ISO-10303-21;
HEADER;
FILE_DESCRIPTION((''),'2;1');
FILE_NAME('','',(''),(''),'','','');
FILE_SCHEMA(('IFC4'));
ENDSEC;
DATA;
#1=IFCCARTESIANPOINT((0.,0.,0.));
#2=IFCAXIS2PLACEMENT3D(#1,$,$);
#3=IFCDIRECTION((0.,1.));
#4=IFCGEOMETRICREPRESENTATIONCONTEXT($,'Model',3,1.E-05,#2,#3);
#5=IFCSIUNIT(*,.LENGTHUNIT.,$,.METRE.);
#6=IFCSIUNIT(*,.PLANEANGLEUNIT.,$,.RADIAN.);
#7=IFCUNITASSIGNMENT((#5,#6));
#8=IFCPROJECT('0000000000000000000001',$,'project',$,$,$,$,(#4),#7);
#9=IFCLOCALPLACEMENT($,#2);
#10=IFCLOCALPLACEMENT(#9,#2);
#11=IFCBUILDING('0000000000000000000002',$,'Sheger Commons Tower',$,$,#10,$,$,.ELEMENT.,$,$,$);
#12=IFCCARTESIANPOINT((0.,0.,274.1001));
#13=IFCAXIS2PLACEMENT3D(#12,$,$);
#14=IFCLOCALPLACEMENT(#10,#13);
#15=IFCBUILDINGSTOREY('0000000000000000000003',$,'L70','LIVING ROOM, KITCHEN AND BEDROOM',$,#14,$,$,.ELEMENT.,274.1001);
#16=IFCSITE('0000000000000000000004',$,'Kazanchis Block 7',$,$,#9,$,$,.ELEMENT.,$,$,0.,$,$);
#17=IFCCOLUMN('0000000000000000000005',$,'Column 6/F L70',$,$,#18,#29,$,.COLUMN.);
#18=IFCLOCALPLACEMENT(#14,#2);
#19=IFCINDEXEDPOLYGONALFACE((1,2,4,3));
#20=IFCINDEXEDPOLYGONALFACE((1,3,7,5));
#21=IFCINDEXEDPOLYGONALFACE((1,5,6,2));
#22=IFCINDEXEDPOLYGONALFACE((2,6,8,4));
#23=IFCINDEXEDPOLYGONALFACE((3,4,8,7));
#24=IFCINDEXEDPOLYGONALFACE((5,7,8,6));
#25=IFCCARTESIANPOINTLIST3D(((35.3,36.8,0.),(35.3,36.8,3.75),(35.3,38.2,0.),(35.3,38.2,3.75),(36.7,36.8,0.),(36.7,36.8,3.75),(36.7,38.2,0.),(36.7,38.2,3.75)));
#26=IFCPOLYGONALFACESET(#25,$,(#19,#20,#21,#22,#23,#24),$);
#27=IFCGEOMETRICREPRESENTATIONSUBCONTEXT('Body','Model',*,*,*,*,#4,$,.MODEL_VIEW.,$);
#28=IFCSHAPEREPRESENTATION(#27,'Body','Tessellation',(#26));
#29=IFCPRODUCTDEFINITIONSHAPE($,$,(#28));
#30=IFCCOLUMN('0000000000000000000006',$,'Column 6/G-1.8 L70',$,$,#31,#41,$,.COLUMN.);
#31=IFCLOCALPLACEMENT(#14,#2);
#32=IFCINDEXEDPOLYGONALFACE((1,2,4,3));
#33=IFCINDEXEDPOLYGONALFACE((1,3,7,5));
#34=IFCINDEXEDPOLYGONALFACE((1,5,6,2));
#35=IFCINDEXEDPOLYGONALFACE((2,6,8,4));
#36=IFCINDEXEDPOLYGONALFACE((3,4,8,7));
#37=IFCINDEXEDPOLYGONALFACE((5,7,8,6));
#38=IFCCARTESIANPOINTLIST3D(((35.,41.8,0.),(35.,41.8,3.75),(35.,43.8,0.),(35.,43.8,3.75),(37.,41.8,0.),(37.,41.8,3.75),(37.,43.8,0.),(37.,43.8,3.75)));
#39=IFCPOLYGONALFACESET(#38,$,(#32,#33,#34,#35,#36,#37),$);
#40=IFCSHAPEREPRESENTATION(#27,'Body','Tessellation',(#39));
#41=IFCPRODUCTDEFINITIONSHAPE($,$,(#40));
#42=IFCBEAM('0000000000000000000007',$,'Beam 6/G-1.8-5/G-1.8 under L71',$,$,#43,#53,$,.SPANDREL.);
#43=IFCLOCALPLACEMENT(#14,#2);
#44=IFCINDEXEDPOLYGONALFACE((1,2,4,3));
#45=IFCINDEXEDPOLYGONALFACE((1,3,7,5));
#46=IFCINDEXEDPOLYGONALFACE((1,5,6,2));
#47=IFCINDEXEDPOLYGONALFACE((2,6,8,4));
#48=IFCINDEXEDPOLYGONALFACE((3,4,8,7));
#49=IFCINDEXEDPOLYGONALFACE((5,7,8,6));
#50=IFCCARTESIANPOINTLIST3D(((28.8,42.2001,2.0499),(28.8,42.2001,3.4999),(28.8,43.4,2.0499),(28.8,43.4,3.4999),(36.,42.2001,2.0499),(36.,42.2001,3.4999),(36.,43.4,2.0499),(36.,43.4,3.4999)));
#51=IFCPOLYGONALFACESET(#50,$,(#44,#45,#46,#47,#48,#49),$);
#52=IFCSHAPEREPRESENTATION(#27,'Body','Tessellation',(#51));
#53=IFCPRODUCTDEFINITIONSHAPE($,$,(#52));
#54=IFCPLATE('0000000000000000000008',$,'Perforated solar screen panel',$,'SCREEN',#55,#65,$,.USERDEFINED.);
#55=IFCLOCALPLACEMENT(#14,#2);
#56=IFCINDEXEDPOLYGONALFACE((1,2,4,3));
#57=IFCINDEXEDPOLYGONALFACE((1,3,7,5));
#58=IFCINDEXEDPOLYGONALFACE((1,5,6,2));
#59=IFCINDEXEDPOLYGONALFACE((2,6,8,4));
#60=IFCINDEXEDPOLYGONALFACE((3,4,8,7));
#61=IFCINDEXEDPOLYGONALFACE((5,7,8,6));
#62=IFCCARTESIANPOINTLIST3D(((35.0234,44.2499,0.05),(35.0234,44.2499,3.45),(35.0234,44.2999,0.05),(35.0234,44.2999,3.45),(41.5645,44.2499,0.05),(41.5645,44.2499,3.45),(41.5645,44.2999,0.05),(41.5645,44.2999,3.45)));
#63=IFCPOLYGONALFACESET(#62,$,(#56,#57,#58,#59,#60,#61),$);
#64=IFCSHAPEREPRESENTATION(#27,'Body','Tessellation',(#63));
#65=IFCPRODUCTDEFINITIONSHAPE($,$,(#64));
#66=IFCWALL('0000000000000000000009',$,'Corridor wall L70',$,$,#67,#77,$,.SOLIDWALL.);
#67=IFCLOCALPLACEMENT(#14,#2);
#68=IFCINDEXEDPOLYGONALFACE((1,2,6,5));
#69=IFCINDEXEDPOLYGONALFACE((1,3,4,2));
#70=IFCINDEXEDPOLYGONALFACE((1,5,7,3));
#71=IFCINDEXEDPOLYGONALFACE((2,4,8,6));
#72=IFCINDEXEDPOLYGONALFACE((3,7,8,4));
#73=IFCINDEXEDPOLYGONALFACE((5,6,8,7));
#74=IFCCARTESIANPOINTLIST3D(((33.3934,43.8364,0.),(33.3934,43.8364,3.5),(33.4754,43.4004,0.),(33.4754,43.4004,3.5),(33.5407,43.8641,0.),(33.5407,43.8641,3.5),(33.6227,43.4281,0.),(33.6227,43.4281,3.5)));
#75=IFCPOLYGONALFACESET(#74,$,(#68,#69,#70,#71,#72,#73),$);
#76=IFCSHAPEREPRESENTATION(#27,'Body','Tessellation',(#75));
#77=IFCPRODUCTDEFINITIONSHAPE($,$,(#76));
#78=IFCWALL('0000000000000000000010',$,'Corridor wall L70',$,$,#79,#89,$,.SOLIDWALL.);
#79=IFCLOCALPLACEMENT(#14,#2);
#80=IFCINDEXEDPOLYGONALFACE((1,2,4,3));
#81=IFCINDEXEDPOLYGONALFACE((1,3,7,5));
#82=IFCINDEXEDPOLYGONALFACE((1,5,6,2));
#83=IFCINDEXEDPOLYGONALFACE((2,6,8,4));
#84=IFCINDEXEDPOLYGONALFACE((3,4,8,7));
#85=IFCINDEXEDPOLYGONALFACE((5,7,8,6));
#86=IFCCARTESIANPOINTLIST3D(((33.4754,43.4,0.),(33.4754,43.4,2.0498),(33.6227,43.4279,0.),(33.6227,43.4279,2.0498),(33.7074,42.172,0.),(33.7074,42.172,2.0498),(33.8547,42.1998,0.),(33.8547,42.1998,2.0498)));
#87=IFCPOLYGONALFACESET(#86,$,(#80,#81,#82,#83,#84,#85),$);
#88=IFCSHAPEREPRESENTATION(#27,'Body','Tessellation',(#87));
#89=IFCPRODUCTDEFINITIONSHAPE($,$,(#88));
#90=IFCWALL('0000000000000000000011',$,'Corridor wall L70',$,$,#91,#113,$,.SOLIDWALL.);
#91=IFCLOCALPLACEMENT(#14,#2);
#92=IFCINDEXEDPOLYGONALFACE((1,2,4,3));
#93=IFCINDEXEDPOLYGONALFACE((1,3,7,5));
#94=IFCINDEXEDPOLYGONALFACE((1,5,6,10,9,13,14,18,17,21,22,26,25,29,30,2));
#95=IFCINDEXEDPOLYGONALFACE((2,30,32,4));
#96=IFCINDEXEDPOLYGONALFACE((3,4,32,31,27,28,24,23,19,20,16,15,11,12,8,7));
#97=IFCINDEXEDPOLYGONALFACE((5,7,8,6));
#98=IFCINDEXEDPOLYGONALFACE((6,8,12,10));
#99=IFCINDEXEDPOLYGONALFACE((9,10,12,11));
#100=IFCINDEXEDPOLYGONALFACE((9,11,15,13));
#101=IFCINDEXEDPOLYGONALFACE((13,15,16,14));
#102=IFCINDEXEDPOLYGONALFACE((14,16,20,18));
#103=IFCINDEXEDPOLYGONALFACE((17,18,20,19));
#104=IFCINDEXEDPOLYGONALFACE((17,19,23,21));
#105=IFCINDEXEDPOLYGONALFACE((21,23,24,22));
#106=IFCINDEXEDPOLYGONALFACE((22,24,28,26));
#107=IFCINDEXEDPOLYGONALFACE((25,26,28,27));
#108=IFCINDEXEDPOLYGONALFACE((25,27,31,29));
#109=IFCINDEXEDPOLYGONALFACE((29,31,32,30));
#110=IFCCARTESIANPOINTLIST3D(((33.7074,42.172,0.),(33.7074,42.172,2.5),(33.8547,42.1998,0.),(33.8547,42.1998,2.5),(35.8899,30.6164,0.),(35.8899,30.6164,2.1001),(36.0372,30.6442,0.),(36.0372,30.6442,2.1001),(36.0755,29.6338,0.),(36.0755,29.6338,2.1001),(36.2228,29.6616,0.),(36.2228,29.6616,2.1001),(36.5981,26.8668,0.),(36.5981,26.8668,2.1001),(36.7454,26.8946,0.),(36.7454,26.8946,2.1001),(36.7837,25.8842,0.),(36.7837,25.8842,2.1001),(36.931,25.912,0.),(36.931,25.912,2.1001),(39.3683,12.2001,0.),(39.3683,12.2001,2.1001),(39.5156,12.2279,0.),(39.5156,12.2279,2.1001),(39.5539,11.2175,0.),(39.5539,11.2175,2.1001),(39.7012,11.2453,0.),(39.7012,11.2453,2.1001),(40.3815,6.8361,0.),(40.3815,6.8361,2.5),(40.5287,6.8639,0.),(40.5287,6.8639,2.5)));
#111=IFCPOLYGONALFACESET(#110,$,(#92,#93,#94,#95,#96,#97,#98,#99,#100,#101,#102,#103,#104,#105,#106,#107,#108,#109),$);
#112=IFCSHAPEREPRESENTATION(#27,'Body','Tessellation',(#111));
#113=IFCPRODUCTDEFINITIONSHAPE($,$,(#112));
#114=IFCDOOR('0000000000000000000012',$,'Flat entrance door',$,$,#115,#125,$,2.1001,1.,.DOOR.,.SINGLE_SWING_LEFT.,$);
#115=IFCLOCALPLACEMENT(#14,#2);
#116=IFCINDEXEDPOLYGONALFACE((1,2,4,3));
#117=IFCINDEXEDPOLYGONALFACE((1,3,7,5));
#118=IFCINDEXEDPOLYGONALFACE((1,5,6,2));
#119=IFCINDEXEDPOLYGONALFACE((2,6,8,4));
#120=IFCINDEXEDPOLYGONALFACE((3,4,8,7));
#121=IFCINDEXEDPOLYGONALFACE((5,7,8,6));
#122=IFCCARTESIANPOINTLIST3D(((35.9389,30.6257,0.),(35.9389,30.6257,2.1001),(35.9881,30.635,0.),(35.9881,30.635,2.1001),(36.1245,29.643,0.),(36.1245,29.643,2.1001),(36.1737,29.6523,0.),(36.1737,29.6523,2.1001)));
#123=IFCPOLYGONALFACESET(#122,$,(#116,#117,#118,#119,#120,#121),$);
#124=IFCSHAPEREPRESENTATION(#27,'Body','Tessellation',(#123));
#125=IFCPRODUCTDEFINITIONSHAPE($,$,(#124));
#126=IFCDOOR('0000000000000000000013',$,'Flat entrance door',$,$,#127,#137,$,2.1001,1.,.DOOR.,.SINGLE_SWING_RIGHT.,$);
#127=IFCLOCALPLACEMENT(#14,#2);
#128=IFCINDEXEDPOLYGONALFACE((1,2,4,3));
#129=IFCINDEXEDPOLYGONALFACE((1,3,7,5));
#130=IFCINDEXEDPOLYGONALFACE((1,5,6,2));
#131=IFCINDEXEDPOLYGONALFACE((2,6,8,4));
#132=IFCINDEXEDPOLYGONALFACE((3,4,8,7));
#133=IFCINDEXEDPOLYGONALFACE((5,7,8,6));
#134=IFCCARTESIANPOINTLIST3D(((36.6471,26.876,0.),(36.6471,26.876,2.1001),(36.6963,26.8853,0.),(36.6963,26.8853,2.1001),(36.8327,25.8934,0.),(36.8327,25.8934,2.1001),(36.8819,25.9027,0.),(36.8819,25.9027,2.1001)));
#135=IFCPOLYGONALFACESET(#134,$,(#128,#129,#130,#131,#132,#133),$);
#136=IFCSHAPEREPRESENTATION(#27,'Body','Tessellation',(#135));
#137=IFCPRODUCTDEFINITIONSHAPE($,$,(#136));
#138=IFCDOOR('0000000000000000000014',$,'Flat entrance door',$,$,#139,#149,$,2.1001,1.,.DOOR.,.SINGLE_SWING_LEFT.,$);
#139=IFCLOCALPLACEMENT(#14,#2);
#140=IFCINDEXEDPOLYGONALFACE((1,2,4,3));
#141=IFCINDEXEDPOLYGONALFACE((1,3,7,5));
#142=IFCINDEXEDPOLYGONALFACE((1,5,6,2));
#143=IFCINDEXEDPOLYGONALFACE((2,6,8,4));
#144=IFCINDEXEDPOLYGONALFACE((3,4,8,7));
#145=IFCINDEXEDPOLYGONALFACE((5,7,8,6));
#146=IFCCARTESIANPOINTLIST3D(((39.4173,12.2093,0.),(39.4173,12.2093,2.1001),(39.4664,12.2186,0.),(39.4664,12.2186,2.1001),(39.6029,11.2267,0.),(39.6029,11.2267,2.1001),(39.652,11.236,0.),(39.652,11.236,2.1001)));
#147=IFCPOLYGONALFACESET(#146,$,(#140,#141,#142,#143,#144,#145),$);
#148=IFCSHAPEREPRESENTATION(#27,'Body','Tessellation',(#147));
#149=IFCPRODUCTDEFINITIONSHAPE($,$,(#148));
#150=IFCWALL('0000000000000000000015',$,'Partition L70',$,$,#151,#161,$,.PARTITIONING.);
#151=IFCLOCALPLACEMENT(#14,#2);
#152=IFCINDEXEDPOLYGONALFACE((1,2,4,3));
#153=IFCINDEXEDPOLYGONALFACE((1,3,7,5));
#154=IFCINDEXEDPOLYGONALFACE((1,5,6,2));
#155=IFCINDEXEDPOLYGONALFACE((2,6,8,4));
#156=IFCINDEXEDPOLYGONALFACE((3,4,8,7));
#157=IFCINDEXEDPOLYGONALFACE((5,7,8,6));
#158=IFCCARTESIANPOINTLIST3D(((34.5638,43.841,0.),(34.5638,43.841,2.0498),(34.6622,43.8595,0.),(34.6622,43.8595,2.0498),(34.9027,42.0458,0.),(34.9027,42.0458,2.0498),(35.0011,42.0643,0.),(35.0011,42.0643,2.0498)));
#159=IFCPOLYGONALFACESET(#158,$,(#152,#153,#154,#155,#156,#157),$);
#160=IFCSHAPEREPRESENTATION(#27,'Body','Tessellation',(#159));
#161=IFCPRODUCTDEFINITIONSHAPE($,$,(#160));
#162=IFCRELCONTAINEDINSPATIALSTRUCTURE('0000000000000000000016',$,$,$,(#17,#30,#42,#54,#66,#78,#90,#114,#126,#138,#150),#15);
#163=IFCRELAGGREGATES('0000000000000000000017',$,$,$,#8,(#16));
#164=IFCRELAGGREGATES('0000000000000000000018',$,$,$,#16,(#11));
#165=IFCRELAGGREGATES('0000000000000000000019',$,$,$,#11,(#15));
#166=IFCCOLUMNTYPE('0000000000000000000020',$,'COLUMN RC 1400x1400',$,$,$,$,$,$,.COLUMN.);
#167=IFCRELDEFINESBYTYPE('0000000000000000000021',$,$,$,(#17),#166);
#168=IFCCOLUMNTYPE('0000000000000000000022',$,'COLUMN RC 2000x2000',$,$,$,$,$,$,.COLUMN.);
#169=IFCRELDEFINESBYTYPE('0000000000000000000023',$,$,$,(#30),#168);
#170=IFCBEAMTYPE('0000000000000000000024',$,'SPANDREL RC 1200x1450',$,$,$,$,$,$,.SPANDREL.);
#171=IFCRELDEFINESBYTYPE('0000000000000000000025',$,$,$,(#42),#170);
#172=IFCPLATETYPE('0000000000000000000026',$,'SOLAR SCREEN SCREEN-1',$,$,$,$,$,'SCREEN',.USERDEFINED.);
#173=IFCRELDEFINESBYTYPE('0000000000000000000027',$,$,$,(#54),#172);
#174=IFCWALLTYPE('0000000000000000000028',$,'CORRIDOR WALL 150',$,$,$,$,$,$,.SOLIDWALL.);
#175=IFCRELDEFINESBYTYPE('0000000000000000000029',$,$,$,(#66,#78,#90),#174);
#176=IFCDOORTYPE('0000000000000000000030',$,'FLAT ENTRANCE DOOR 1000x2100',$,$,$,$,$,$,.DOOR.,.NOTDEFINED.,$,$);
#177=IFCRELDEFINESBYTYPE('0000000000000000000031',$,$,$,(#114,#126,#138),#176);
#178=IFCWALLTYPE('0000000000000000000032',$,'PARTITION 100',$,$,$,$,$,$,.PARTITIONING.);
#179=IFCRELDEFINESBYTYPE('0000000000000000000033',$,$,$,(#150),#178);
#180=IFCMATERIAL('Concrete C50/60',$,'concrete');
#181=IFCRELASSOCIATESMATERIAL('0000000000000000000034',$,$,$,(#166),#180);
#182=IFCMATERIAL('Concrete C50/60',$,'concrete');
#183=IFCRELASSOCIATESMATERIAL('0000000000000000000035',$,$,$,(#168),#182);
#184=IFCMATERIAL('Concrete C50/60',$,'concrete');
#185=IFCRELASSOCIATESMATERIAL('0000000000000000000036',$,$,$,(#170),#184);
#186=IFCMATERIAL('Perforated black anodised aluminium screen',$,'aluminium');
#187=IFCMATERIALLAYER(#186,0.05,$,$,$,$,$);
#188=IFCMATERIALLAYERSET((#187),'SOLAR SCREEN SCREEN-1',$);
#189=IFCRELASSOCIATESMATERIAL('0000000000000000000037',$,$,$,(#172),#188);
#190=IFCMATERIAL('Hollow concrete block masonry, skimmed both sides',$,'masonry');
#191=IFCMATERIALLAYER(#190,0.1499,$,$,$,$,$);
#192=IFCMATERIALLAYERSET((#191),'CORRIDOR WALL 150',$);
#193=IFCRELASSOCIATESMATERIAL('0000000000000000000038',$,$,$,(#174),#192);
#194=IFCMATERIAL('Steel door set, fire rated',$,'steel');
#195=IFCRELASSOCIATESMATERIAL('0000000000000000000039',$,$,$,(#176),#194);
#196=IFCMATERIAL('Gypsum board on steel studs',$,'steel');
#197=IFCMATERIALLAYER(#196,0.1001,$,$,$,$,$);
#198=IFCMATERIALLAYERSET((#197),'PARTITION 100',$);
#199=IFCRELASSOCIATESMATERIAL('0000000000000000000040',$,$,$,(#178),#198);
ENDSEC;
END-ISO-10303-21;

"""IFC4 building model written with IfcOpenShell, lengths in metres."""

from ifc_helpers import new_model, si_unit, direction, frame, frame_2d, origin, origin_2d, place, context, subcontext, project, spatial, rectangle, extrude, material, layer, layer_set, material_profile, profile_set, type_object, element, fill, save


model = new_model("IFC4")

# Units and contexts
model_context = context("Model", 3, precision=1e-05, world=origin(), true_north=direction((0.0, 1.0)))
body_context = subcontext(model_context, "Body", "Model", "MODEL_VIEW")
ifc_project = project(units=[si_unit("LENGTHUNIT", "METRE"), si_unit("PLANEANGLEUNIT", "RADIAN")], contexts=[model_context])

# Site, building, storey
site_placement = place(None, origin())
site = spatial("IfcSite", under=ifc_project, at=site_placement, Name="Kazanchis Block 7", CompositionType="ELEMENT", RefElevation=0.0)
building_placement = place(site_placement, origin())
building = spatial("IfcBuilding", under=site, at=building_placement, Name="Sheger Commons Tower", CompositionType="ELEMENT")
storey_placement = place(building_placement, frame((0.0, 0.0, 274.1001)))
storey = spatial("IfcBuildingStorey", under=building, at=storey_placement, Name="L70", Description="LIVING ROOM, KITCHEN AND BEDROOM", CompositionType="ELEMENT", Elevation=274.1001)

# Columns
ifc_material_1 = material(Name="Concrete C50/60", Category="concrete")
ifc_material_profile_1 = material_profile(ifc_material_1, rectangle(XDim=1.3999, YDim=1.3999, at=origin_2d()), Name="RC 1400x1400")
ifc_profile_set_1 = profile_set([ifc_material_profile_1], Name="Concrete C50/60")
column_type_1 = type_object("IfcColumnType", Name="COLUMN RC 1400x1400", PredefinedType="COLUMN", material=ifc_profile_set_1)
column_1_placement = place(storey_placement, frame((36.0, 37.5, 0.0), z_axis=(0.0, 0.0, 1.0), x_axis=(1.0, 0.0, 0.0)))
element("IfcColumn", 1, at=column_1_placement, inside=storey, type_object=column_type_1, Name="Column 6/F L70", PredefinedType="COLUMN", context=body_context, shape_type="SweptSolid", body=[
    extrude(rectangle(XDim=1.3999, YDim=1.3999, at=origin_2d()), origin(), (0.0, 0.0, 1.0), 3.75),
])
ifc_material_2 = material(Name="Concrete C50/60", Category="concrete")
ifc_material_profile_2 = material_profile(ifc_material_2, rectangle(XDim=2.0, YDim=2.0, at=origin_2d()), Name="RC 2000x2000")
ifc_profile_set_2 = profile_set([ifc_material_profile_2], Name="Concrete C50/60")
column_type_2 = type_object("IfcColumnType", Name="COLUMN RC 2000x2000", PredefinedType="COLUMN", material=ifc_profile_set_2)
column_2_placement = place(storey_placement, frame((36.0, 42.8, 0.0), z_axis=(0.0, 0.0, 1.0), x_axis=(1.0, 0.0, 0.0)))
element("IfcColumn", 2, at=column_2_placement, inside=storey, type_object=column_type_2, Name="Column 6/G-1.8 L70", PredefinedType="COLUMN", context=body_context, shape_type="SweptSolid", body=[
    extrude(rectangle(XDim=2.0, YDim=2.0, at=origin_2d()), origin(), (0.0, 0.0, 1.0), 3.75),
])

# Beam
ifc_material_3 = material(Name="Concrete C50/60", Category="concrete")
ifc_material_profile_3 = material_profile(ifc_material_3, rectangle(XDim=1.2, YDim=1.45, at=origin_2d()), Name="RC 1200x1450")
ifc_profile_set_3 = profile_set([ifc_material_profile_3], Name="Concrete C50/60")
beam_type = type_object("IfcBeamType", Name="SPANDREL RC 1200x1450", PredefinedType="SPANDREL", material=ifc_profile_set_3)
beam_placement = place(storey_placement, frame((36.0, 42.8, 2.7749), z_axis=(-1.0, 0.0, 0.0), x_axis=(0.0, -1.0, 0.0)))
element("IfcBeam", 3, at=beam_placement, inside=storey, type_object=beam_type, Name="Beam 6/G-1.8-5/G-1.8 under L71", PredefinedType="SPANDREL", context=body_context, shape_type="SweptSolid", body=[
    extrude(rectangle(XDim=1.2, YDim=1.45, at=origin_2d()), origin(), (0.0, 0.0, 1.0), 7.2),
])

# Plate
ifc_material_4 = material(Name="Perforated black anodised aluminium screen", Category="aluminium")
ifc_layer_1 = layer(ifc_material_4, 0.05)
ifc_layer_set_1 = layer_set([ifc_layer_1], Name="SOLAR SCREEN SCREEN-1")
plate_type = type_object("IfcPlateType", Name="SOLAR SCREEN SCREEN-1", ElementType="SCREEN", PredefinedType="USERDEFINED", material=ifc_layer_set_1)
plate_placement = place(storey_placement, frame((38.2939, 44.2749, 0.05), z_axis=(0.0, 0.0, 1.0), x_axis=(-1.0, 0.0, 0.0)))
element("IfcPlate", 4, at=plate_placement, inside=storey, type_object=plate_type, Name="Perforated solar screen panel", ObjectType="SCREEN", PredefinedType="USERDEFINED", context=body_context, shape_type="SweptSolid", body=[
    extrude(rectangle(XDim=6.541, YDim=0.05, at=origin_2d()), origin(), (0.0, 0.0, 1.0), 3.3999),
])

# Walls
ifc_material_5 = material(Name="Hollow concrete block masonry, skimmed both sides", Category="masonry")
ifc_layer_2 = layer(ifc_material_5, 0.1499)
ifc_layer_set_2 = layer_set([ifc_layer_2], Name="CORRIDOR WALL 150")
wall_type_1 = type_object("IfcWallType", Name="CORRIDOR WALL 150", PredefinedType="SOLIDWALL", material=ifc_layer_set_2)
wall_1_placement = place(storey_placement, frame((33.467, 43.8501, 0.0), z_axis=(0.0, 0.0, 1.0), x_axis=(0.184887, -0.98276, 0.0)))
element("IfcWall", 5, at=wall_1_placement, inside=storey, type_object=wall_type_1, Name="Corridor wall L70", PredefinedType="SOLIDWALL", context=body_context, shape_type="SweptSolid", body=[
    extrude(rectangle(XDim=0.4436, YDim=0.1499, at=frame_2d((0.2217, 0.0))), origin(), (0.0, 0.0, 1.0), 3.5),
])
wall_2_placement = place(storey_placement, frame((33.5491, 43.4141, 0.0), z_axis=(0.0, 0.0, 1.0), x_axis=(0.185586, -0.982628, 0.0)))
element("IfcWall", 6, at=wall_2_placement, inside=storey, type_object=wall_type_1, Name="Corridor wall L70", PredefinedType="SOLIDWALL", context=body_context, shape_type="SweptSolid", body=[
    extrude(rectangle(XDim=1.2498, YDim=0.1499, at=frame_2d((0.625, 0.0))), origin(), (0.0, 0.0, 1.0), 2.0498),
])

# Wall, openings, doors
wall_3_placement = place(storey_placement, frame((33.781, 42.186, 0.0), z_axis=(0.0, 0.0, 1.0), x_axis=(0.185594, -0.982627, 0.0)))
wall_3 = element("IfcWall", 7, at=wall_3_placement, inside=storey, type_object=wall_type_1, Name="Corridor wall L70", PredefinedType="SOLIDWALL", context=body_context, shape_type="SweptSolid", body=[
    extrude(rectangle(XDim=35.9607, YDim=0.1499, at=frame_2d((17.9805, 0.0))), origin(), (0.0, 0.0, 1.0), 2.5),
])
opening_1_placement = place(wall_3_placement, frame((11.76, 0.0, 0.0)))
opening_1 = element("IfcOpeningElement", 8, at=opening_1_placement, cuts=wall_3, PredefinedType="OPENING", context=body_context, shape_type="SweptSolid", body=[
    extrude(rectangle(XDim=1.0, YDim=2.1001, at=frame_2d((0.5, 1.05))), frame((0.0, 0.085, 0.0), z_axis=(0.0, -1.0, 0.0), x_axis=(1.0, 0.0, 0.0)), (0.0, 0.0, 1.0), 0.1699),
])
opening_2_placement = place(wall_3_placement, frame((15.5759, 0.0, 0.0)))
opening_2 = element("IfcOpeningElement", 9, at=opening_2_placement, cuts=wall_3, PredefinedType="OPENING", context=body_context, shape_type="SweptSolid", body=[
    extrude(rectangle(XDim=1.0, YDim=2.1001, at=frame_2d((0.5, 1.05))), frame((0.0, 0.085, 0.0), z_axis=(0.0, -1.0, 0.0), x_axis=(1.0, 0.0, 0.0)), (0.0, 0.0, 1.0), 0.1699),
])
opening_3_placement = place(wall_3_placement, frame((30.502, 0.0, 0.0)))
opening_3 = element("IfcOpeningElement", 10, at=opening_3_placement, cuts=wall_3, PredefinedType="OPENING", context=body_context, shape_type="SweptSolid", body=[
    extrude(rectangle(XDim=1.0, YDim=2.1001, at=frame_2d((0.5, 1.05))), frame((0.0, 0.085, 0.0), z_axis=(0.0, -1.0, 0.0), x_axis=(1.0, 0.0, 0.0)), (0.0, 0.0, 1.0), 0.1699),
])
ifc_material_6 = material(Name="Steel door set, fire rated", Category="steel")
door_type_1 = type_object("IfcDoorType", Name="FLAT ENTRANCE DOOR 1000x2100", OperationType="NOTDEFINED", PredefinedType="DOOR", material=ifc_material_6)
door_1_placement = place(opening_1_placement, origin())
door_1 = element("IfcDoor", 11, at=door_1_placement, inside=storey, type_object=door_type_1, Name="Flat entrance door", OperationType="SINGLE_SWING_LEFT", OverallHeight=2.1001, OverallWidth=1.0, PredefinedType="DOOR", context=body_context, shape_type="SweptSolid", body=[
    extrude(rectangle(XDim=1.0, YDim=2.1001, at=frame_2d((0.5, 1.05))), frame((0.0, 0.0249, 0.0), z_axis=(0.0, -1.0, 0.0), x_axis=(1.0, 0.0, 0.0)), (0.0, 0.0, 1.0), 0.05),
])
fill(opening_1, door_1)
door_2_placement = place(opening_2_placement, origin())
door_2 = element("IfcDoor", 12, at=door_2_placement, inside=storey, type_object=door_type_1, Name="Flat entrance door", OperationType="SINGLE_SWING_RIGHT", OverallHeight=2.1001, OverallWidth=1.0, PredefinedType="DOOR", context=body_context, shape_type="SweptSolid", body=[
    extrude(rectangle(XDim=1.0, YDim=2.1001, at=frame_2d((0.5, 1.05))), frame((0.0, 0.0249, 0.0), z_axis=(0.0, -1.0, 0.0), x_axis=(1.0, 0.0, 0.0)), (0.0, 0.0, 1.0), 0.05),
])
fill(opening_2, door_2)
door_3_placement = place(opening_3_placement, origin())
door_3 = element("IfcDoor", 13, at=door_3_placement, inside=storey, type_object=door_type_1, Name="Flat entrance door", OperationType="SINGLE_SWING_LEFT", OverallHeight=2.1001, OverallWidth=1.0, PredefinedType="DOOR", context=body_context, shape_type="SweptSolid", body=[
    extrude(rectangle(XDim=1.0, YDim=2.1001, at=frame_2d((0.5, 1.05))), frame((0.0, 0.0249, 0.0), z_axis=(0.0, -1.0, 0.0), x_axis=(1.0, 0.0, 0.0)), (0.0, 0.0, 1.0), 0.05),
])
fill(opening_3, door_3)

# Wall
ifc_material_7 = material(Name="Gypsum board on steel studs", Category="steel")
ifc_layer_3 = layer(ifc_material_7, 0.1001)
ifc_layer_set_3 = layer_set([ifc_layer_3], Name="PARTITION 100")
wall_type_2 = type_object("IfcWallType", Name="PARTITION 100", PredefinedType="PARTITIONING", material=ifc_layer_set_3)
wall_4_placement = place(storey_placement, frame((34.9519, 42.0549, 0.0), z_axis=(0.0, 0.0, 1.0), x_axis=(-0.185491, 0.982646, 0.0)))
element("IfcWall", 14, at=wall_4_placement, inside=storey, type_object=wall_type_2, Name="Partition L70", PredefinedType="PARTITIONING", context=body_context, shape_type="SweptSolid", body=[
    extrude(rectangle(XDim=1.8269, YDim=0.1001, at=frame_2d((0.9136, 0.0))), origin(), (0.0, 0.0, 1.0), 2.0498),
])

save(model, "model.ifc")
